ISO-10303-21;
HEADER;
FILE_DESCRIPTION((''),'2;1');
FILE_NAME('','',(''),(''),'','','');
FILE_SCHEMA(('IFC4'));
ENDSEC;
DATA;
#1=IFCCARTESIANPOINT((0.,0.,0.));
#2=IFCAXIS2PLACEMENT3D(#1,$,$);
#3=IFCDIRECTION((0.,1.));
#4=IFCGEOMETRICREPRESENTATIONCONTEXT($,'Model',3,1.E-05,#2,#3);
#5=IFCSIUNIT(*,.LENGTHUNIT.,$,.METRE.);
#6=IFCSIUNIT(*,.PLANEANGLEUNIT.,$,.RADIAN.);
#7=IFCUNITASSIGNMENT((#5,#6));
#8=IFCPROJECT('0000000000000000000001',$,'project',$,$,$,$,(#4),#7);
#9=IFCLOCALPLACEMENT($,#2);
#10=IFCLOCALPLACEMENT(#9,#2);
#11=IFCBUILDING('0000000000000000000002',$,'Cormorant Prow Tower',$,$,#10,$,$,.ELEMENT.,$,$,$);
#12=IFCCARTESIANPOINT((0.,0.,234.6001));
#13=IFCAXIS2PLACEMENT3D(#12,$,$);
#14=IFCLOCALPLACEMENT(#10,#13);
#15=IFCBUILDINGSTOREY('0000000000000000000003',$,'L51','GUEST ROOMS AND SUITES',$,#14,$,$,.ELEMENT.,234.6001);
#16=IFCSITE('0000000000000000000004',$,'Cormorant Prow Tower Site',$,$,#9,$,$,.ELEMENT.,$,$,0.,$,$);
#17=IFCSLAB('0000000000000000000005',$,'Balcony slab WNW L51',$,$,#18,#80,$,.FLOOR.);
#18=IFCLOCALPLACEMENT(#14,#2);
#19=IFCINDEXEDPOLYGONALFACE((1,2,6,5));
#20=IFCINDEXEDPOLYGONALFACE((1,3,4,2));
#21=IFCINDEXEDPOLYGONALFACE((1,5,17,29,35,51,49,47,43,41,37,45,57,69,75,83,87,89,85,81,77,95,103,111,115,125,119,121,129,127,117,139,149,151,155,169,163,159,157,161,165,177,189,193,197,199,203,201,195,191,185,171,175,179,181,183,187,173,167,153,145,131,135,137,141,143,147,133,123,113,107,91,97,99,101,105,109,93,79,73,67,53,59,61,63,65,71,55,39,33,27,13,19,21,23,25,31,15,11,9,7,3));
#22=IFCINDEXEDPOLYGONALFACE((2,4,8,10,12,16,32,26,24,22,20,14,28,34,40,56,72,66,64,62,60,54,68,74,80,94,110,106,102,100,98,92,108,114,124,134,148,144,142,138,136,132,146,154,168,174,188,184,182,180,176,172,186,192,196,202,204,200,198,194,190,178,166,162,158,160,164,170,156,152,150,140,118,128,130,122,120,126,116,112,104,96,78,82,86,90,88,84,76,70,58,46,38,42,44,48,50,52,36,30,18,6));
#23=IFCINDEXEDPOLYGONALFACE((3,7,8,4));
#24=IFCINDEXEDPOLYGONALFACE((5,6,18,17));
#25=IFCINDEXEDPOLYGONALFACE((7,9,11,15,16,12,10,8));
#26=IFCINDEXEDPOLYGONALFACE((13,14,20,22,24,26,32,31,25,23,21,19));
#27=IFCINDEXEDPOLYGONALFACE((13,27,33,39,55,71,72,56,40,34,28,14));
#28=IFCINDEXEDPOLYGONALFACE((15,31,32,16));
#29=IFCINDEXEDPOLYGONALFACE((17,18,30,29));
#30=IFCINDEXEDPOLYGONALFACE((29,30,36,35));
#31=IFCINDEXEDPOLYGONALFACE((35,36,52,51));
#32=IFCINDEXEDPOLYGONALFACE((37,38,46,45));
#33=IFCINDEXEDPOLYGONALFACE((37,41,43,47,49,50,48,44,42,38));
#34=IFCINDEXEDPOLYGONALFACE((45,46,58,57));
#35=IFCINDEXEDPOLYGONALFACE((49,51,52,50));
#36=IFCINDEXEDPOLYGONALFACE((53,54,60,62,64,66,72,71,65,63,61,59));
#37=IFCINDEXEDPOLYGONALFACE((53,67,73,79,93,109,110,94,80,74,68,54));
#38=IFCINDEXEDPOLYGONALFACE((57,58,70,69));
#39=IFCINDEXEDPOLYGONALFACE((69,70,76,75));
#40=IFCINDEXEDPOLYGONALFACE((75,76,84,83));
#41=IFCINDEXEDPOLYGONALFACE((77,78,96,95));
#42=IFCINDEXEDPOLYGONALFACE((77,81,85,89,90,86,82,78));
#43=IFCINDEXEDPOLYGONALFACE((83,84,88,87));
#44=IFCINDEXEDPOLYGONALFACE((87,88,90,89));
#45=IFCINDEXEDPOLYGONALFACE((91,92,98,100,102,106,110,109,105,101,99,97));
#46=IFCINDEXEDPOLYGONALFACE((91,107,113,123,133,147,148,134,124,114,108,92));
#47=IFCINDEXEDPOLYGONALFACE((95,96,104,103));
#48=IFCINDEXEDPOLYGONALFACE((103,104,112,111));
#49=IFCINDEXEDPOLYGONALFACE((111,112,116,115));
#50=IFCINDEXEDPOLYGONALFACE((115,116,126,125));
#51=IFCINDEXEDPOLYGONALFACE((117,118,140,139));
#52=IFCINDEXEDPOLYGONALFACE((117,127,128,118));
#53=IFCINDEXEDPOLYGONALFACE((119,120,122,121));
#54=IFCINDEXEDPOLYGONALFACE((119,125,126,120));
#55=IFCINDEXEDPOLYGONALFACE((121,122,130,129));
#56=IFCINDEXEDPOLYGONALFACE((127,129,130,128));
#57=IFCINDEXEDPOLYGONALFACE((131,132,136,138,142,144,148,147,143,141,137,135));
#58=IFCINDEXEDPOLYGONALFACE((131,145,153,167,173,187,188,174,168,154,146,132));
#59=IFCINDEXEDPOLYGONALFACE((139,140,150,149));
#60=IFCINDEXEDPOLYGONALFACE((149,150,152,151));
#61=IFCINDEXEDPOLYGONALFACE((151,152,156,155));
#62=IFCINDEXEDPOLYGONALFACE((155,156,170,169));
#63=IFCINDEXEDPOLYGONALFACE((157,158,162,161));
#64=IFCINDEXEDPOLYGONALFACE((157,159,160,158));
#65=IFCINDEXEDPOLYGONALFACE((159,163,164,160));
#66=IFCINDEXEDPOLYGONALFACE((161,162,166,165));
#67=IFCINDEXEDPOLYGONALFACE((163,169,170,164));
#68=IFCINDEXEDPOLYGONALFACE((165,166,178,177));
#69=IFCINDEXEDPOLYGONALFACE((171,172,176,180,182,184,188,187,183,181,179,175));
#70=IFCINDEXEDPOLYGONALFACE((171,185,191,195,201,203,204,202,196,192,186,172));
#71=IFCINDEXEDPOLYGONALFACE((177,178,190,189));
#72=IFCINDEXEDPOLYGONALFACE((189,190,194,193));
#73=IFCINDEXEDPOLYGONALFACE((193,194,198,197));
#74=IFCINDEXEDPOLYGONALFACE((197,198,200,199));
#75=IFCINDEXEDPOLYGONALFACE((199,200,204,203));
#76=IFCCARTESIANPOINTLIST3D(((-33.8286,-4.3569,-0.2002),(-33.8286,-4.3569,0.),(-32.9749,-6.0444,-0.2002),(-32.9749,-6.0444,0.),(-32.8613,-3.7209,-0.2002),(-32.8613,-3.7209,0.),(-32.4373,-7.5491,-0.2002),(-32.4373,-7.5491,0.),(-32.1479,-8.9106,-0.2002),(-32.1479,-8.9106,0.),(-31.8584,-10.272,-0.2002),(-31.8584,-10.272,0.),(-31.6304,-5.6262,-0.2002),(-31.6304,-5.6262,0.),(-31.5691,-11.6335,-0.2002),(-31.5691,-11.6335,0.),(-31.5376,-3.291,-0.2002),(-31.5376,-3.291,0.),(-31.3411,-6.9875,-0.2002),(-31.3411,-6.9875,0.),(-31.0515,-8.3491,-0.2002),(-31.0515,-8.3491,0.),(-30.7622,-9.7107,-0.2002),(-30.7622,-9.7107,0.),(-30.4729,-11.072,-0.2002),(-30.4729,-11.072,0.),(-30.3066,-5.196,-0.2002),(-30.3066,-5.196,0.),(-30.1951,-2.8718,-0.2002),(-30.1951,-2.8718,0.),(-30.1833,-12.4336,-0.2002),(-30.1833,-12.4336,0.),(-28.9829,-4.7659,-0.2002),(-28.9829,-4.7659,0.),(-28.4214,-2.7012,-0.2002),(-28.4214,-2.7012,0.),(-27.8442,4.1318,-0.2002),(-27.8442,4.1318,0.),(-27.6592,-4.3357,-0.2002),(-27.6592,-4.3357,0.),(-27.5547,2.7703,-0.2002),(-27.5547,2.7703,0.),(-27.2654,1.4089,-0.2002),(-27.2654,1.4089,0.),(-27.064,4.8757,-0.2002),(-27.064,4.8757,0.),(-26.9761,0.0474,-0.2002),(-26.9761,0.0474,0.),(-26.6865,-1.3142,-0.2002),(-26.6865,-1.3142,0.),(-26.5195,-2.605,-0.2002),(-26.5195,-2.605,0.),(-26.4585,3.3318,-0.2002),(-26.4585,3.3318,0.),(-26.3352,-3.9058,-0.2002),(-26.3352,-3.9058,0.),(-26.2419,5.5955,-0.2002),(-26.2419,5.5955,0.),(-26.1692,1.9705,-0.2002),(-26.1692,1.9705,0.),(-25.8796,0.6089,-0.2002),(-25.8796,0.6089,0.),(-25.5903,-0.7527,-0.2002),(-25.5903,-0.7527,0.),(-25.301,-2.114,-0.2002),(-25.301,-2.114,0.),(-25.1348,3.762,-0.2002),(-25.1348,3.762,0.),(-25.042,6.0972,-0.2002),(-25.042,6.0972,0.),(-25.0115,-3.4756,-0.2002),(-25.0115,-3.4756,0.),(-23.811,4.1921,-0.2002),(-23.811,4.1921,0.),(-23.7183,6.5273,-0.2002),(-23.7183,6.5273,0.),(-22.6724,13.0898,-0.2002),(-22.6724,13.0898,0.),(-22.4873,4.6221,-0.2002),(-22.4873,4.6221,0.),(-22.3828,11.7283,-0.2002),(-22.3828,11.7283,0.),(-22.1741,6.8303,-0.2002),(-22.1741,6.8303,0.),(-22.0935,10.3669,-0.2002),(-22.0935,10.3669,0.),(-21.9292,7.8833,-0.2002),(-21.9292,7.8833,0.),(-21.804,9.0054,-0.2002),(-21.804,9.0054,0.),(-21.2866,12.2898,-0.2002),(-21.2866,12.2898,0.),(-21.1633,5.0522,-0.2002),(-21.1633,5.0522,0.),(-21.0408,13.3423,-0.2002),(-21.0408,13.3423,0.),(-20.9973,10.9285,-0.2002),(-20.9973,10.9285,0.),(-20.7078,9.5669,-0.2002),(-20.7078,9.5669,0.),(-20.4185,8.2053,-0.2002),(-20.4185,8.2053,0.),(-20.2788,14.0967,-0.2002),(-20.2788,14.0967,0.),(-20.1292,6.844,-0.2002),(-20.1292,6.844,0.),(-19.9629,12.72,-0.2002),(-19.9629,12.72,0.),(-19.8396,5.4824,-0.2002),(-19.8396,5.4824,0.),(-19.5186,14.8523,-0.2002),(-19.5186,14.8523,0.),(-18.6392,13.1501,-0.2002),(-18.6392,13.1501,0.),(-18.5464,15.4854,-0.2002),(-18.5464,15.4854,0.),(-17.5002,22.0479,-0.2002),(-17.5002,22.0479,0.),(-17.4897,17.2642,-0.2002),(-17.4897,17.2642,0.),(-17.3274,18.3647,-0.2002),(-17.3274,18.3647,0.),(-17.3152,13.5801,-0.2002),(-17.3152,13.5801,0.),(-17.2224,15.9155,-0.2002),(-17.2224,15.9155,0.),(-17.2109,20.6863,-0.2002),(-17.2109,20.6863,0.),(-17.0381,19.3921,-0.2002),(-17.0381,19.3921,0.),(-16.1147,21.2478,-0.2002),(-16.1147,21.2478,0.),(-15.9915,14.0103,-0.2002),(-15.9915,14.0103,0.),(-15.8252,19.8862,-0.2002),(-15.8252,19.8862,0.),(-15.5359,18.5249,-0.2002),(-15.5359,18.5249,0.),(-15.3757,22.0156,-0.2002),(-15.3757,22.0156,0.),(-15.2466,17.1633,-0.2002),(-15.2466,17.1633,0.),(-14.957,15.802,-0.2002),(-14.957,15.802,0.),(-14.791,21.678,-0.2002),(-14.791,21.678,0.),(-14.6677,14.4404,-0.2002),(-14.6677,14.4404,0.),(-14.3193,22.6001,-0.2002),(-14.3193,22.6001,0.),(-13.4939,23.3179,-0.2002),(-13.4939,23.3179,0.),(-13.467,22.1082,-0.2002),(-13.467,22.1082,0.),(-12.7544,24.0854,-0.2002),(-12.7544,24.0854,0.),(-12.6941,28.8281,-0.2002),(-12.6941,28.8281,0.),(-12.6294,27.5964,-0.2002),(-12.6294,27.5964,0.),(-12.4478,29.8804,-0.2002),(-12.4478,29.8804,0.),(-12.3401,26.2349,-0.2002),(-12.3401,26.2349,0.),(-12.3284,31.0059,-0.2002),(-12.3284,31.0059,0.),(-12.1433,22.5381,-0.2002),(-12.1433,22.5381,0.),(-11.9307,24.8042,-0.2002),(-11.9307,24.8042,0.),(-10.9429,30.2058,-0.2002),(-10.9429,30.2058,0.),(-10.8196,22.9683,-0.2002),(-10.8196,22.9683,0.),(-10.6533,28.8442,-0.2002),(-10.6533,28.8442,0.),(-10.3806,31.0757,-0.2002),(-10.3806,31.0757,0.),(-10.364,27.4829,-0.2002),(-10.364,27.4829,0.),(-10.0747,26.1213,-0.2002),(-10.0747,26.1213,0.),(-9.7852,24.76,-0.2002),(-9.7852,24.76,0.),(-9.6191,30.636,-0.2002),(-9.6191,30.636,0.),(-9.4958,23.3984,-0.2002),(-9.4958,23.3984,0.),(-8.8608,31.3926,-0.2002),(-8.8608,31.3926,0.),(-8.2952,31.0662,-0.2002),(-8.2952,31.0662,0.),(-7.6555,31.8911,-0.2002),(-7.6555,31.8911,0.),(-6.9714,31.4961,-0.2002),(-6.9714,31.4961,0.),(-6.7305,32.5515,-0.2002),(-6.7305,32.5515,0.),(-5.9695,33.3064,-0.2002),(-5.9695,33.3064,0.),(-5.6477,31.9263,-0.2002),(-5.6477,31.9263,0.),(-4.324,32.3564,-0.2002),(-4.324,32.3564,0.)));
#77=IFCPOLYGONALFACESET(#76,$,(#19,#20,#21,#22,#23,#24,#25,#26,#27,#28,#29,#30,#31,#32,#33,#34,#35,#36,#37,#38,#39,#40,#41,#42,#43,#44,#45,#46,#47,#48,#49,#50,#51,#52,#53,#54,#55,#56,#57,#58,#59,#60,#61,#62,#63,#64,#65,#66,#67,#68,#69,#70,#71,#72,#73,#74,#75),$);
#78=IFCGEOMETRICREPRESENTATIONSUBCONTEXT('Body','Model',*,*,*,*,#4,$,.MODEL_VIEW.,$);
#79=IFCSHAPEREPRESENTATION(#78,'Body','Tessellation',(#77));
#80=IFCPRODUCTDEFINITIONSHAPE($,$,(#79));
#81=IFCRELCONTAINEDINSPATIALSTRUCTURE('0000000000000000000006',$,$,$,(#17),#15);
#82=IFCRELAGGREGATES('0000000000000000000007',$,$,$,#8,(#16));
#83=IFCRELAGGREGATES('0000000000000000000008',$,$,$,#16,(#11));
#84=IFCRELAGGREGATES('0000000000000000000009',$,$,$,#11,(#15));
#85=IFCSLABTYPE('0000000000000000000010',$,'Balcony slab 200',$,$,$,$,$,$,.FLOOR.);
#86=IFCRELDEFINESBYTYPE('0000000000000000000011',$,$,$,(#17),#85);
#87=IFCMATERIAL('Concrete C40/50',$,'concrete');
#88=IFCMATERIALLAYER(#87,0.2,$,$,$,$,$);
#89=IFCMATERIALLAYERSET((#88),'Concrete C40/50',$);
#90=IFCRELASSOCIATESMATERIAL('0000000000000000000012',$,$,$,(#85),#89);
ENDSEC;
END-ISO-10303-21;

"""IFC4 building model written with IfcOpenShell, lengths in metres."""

from ifc_helpers import new_model, si_unit, direction, frame, origin, place, context, subcontext, project, spatial, polyline, outline, extrude, material, layer, layer_set, type_object, element, save


model = new_model("IFC4")

# Units and contexts
model_context = context("Model", 3, precision=1e-05, world=origin(), true_north=direction((0.0, 1.0)))
body_context = subcontext(model_context, "Body", "Model", "MODEL_VIEW")
ifc_project = project(units=[si_unit("LENGTHUNIT", "METRE"), si_unit("PLANEANGLEUNIT", "RADIAN")], contexts=[model_context])

# Site, building, storey
site_placement = place(None, origin())
site = spatial("IfcSite", under=ifc_project, at=site_placement, Name="Cormorant Prow Tower Site", CompositionType="ELEMENT", RefElevation=0.0)
building_placement = place(site_placement, origin())
building = spatial("IfcBuilding", under=site, at=building_placement, Name="Cormorant Prow Tower", CompositionType="ELEMENT")
storey_placement = place(building_placement, frame((0.0, 0.0, 234.6001)))
storey = spatial("IfcBuildingStorey", under=building, at=storey_placement, Name="L51", Description="GUEST ROOMS AND SUITES", CompositionType="ELEMENT", Elevation=234.6001)

# Slab
ifc_material_1 = material(Name="Concrete C40/50", Category="concrete")
ifc_layer_1 = layer(ifc_material_1, 0.2)
ifc_layer_set_1 = layer_set([ifc_layer_1], Name="Concrete C40/50")
slab_type_1 = type_object("IfcSlabType", Name="Balcony slab 200", PredefinedType="FLOOR", material=ifc_layer_set_1)
slab_1_placement = place(storey_placement, frame((0.0, 0.0, -0.2002)))
element("IfcSlab", 1, at=slab_1_placement, inside=storey, type_object=slab_type_1, Name="Balcony slab WNW L51", PredefinedType="FLOOR", context=body_context, shape_type="SweptSolid", body=[
    extrude(outline(polyline([(-4.324, 32.3564), (-5.9695, 33.3064), (-6.7305, 32.5515), (-7.6555, 31.8911), (-8.8608, 31.3926), (-10.3806, 31.0757), (-12.3284, 31.0059), (-12.4478, 29.8804), (-12.6941, 28.8281), (-12.6294, 27.5964), (-12.3401, 26.2349), (-11.9307, 24.8042), (-12.7544, 24.0854), (-13.4939, 23.3179), (-14.3193, 22.6001), (-15.3757, 22.0156), (-17.5002, 22.0479), (-17.2109, 20.6863), (-17.0381, 19.3921), (-17.3274, 18.3647), (-17.4897, 17.2642), (-17.2224, 15.9155), (-18.5464, 15.4854), (-19.5186, 14.8523), (-20.2788, 14.0967), (-21.0408, 13.3423), (-22.6724, 13.0898), (-22.3828, 11.7283), (-22.0935, 10.3669), (-21.804, 9.0054), (-21.9292, 7.8833), (-22.1741, 6.8303), (-23.7183, 6.5273), (-25.042, 6.0972), (-26.2419, 5.5955), (-27.064, 4.8757), (-27.8442, 4.1318), (-27.5547, 2.7703), (-27.2654, 1.4089), (-26.9761, 0.0474), (-26.6865, -1.3142), (-26.5195, -2.605), (-28.4214, -2.7012), (-30.1951, -2.8718), (-31.5376, -3.291), (-32.8613, -3.7209), (-33.8286, -4.3569), (-32.9749, -6.0444), (-32.4373, -7.5491), (-32.1479, -8.9106), (-31.8584, -10.272), (-31.5691, -11.6335), (-30.1833, -12.4336), (-30.4729, -11.072), (-30.7622, -9.7107), (-31.0515, -8.3491), (-31.3411, -6.9875), (-31.6304, -5.6262), (-30.3066, -5.196), (-28.9829, -4.7659), (-27.6592, -4.3357), (-26.3352, -3.9058), (-25.0115, -3.4756), (-25.301, -2.114), (-25.5903, -0.7527), (-25.8796, 0.6089), (-26.1692, 1.9705), (-26.4585, 3.3318), (-25.1348, 3.762), (-23.811, 4.1921), (-22.4873, 4.6221), (-21.1633, 5.0522), (-19.8396, 5.4824), (-20.1292, 6.844), (-20.4185, 8.2053), (-20.7078, 9.5669), (-20.9973, 10.9285), (-21.2866, 12.2898), (-19.9629, 12.72), (-18.6392, 13.1501), (-17.3152, 13.5801), (-15.9915, 14.0103), (-14.6677, 14.4404), (-14.957, 15.802), (-15.2466, 17.1633), (-15.5359, 18.5249), (-15.8252, 19.8862), (-16.1147, 21.2478), (-14.791, 21.678), (-13.467, 22.1082), (-12.1433, 22.5381), (-10.8196, 22.9683), (-9.4958, 23.3984), (-9.7852, 24.76), (-10.0747, 26.1213), (-10.364, 27.4829), (-10.6533, 28.8442), (-10.9429, 30.2058), (-9.6191, 30.636), (-8.2952, 31.0662), (-6.9714, 31.4961), (-5.6477, 31.9263), (-4.324, 32.3564)])), origin(), (0.0, 0.0, 1.0), 0.2002),
])

save(model, "model.ifc")
